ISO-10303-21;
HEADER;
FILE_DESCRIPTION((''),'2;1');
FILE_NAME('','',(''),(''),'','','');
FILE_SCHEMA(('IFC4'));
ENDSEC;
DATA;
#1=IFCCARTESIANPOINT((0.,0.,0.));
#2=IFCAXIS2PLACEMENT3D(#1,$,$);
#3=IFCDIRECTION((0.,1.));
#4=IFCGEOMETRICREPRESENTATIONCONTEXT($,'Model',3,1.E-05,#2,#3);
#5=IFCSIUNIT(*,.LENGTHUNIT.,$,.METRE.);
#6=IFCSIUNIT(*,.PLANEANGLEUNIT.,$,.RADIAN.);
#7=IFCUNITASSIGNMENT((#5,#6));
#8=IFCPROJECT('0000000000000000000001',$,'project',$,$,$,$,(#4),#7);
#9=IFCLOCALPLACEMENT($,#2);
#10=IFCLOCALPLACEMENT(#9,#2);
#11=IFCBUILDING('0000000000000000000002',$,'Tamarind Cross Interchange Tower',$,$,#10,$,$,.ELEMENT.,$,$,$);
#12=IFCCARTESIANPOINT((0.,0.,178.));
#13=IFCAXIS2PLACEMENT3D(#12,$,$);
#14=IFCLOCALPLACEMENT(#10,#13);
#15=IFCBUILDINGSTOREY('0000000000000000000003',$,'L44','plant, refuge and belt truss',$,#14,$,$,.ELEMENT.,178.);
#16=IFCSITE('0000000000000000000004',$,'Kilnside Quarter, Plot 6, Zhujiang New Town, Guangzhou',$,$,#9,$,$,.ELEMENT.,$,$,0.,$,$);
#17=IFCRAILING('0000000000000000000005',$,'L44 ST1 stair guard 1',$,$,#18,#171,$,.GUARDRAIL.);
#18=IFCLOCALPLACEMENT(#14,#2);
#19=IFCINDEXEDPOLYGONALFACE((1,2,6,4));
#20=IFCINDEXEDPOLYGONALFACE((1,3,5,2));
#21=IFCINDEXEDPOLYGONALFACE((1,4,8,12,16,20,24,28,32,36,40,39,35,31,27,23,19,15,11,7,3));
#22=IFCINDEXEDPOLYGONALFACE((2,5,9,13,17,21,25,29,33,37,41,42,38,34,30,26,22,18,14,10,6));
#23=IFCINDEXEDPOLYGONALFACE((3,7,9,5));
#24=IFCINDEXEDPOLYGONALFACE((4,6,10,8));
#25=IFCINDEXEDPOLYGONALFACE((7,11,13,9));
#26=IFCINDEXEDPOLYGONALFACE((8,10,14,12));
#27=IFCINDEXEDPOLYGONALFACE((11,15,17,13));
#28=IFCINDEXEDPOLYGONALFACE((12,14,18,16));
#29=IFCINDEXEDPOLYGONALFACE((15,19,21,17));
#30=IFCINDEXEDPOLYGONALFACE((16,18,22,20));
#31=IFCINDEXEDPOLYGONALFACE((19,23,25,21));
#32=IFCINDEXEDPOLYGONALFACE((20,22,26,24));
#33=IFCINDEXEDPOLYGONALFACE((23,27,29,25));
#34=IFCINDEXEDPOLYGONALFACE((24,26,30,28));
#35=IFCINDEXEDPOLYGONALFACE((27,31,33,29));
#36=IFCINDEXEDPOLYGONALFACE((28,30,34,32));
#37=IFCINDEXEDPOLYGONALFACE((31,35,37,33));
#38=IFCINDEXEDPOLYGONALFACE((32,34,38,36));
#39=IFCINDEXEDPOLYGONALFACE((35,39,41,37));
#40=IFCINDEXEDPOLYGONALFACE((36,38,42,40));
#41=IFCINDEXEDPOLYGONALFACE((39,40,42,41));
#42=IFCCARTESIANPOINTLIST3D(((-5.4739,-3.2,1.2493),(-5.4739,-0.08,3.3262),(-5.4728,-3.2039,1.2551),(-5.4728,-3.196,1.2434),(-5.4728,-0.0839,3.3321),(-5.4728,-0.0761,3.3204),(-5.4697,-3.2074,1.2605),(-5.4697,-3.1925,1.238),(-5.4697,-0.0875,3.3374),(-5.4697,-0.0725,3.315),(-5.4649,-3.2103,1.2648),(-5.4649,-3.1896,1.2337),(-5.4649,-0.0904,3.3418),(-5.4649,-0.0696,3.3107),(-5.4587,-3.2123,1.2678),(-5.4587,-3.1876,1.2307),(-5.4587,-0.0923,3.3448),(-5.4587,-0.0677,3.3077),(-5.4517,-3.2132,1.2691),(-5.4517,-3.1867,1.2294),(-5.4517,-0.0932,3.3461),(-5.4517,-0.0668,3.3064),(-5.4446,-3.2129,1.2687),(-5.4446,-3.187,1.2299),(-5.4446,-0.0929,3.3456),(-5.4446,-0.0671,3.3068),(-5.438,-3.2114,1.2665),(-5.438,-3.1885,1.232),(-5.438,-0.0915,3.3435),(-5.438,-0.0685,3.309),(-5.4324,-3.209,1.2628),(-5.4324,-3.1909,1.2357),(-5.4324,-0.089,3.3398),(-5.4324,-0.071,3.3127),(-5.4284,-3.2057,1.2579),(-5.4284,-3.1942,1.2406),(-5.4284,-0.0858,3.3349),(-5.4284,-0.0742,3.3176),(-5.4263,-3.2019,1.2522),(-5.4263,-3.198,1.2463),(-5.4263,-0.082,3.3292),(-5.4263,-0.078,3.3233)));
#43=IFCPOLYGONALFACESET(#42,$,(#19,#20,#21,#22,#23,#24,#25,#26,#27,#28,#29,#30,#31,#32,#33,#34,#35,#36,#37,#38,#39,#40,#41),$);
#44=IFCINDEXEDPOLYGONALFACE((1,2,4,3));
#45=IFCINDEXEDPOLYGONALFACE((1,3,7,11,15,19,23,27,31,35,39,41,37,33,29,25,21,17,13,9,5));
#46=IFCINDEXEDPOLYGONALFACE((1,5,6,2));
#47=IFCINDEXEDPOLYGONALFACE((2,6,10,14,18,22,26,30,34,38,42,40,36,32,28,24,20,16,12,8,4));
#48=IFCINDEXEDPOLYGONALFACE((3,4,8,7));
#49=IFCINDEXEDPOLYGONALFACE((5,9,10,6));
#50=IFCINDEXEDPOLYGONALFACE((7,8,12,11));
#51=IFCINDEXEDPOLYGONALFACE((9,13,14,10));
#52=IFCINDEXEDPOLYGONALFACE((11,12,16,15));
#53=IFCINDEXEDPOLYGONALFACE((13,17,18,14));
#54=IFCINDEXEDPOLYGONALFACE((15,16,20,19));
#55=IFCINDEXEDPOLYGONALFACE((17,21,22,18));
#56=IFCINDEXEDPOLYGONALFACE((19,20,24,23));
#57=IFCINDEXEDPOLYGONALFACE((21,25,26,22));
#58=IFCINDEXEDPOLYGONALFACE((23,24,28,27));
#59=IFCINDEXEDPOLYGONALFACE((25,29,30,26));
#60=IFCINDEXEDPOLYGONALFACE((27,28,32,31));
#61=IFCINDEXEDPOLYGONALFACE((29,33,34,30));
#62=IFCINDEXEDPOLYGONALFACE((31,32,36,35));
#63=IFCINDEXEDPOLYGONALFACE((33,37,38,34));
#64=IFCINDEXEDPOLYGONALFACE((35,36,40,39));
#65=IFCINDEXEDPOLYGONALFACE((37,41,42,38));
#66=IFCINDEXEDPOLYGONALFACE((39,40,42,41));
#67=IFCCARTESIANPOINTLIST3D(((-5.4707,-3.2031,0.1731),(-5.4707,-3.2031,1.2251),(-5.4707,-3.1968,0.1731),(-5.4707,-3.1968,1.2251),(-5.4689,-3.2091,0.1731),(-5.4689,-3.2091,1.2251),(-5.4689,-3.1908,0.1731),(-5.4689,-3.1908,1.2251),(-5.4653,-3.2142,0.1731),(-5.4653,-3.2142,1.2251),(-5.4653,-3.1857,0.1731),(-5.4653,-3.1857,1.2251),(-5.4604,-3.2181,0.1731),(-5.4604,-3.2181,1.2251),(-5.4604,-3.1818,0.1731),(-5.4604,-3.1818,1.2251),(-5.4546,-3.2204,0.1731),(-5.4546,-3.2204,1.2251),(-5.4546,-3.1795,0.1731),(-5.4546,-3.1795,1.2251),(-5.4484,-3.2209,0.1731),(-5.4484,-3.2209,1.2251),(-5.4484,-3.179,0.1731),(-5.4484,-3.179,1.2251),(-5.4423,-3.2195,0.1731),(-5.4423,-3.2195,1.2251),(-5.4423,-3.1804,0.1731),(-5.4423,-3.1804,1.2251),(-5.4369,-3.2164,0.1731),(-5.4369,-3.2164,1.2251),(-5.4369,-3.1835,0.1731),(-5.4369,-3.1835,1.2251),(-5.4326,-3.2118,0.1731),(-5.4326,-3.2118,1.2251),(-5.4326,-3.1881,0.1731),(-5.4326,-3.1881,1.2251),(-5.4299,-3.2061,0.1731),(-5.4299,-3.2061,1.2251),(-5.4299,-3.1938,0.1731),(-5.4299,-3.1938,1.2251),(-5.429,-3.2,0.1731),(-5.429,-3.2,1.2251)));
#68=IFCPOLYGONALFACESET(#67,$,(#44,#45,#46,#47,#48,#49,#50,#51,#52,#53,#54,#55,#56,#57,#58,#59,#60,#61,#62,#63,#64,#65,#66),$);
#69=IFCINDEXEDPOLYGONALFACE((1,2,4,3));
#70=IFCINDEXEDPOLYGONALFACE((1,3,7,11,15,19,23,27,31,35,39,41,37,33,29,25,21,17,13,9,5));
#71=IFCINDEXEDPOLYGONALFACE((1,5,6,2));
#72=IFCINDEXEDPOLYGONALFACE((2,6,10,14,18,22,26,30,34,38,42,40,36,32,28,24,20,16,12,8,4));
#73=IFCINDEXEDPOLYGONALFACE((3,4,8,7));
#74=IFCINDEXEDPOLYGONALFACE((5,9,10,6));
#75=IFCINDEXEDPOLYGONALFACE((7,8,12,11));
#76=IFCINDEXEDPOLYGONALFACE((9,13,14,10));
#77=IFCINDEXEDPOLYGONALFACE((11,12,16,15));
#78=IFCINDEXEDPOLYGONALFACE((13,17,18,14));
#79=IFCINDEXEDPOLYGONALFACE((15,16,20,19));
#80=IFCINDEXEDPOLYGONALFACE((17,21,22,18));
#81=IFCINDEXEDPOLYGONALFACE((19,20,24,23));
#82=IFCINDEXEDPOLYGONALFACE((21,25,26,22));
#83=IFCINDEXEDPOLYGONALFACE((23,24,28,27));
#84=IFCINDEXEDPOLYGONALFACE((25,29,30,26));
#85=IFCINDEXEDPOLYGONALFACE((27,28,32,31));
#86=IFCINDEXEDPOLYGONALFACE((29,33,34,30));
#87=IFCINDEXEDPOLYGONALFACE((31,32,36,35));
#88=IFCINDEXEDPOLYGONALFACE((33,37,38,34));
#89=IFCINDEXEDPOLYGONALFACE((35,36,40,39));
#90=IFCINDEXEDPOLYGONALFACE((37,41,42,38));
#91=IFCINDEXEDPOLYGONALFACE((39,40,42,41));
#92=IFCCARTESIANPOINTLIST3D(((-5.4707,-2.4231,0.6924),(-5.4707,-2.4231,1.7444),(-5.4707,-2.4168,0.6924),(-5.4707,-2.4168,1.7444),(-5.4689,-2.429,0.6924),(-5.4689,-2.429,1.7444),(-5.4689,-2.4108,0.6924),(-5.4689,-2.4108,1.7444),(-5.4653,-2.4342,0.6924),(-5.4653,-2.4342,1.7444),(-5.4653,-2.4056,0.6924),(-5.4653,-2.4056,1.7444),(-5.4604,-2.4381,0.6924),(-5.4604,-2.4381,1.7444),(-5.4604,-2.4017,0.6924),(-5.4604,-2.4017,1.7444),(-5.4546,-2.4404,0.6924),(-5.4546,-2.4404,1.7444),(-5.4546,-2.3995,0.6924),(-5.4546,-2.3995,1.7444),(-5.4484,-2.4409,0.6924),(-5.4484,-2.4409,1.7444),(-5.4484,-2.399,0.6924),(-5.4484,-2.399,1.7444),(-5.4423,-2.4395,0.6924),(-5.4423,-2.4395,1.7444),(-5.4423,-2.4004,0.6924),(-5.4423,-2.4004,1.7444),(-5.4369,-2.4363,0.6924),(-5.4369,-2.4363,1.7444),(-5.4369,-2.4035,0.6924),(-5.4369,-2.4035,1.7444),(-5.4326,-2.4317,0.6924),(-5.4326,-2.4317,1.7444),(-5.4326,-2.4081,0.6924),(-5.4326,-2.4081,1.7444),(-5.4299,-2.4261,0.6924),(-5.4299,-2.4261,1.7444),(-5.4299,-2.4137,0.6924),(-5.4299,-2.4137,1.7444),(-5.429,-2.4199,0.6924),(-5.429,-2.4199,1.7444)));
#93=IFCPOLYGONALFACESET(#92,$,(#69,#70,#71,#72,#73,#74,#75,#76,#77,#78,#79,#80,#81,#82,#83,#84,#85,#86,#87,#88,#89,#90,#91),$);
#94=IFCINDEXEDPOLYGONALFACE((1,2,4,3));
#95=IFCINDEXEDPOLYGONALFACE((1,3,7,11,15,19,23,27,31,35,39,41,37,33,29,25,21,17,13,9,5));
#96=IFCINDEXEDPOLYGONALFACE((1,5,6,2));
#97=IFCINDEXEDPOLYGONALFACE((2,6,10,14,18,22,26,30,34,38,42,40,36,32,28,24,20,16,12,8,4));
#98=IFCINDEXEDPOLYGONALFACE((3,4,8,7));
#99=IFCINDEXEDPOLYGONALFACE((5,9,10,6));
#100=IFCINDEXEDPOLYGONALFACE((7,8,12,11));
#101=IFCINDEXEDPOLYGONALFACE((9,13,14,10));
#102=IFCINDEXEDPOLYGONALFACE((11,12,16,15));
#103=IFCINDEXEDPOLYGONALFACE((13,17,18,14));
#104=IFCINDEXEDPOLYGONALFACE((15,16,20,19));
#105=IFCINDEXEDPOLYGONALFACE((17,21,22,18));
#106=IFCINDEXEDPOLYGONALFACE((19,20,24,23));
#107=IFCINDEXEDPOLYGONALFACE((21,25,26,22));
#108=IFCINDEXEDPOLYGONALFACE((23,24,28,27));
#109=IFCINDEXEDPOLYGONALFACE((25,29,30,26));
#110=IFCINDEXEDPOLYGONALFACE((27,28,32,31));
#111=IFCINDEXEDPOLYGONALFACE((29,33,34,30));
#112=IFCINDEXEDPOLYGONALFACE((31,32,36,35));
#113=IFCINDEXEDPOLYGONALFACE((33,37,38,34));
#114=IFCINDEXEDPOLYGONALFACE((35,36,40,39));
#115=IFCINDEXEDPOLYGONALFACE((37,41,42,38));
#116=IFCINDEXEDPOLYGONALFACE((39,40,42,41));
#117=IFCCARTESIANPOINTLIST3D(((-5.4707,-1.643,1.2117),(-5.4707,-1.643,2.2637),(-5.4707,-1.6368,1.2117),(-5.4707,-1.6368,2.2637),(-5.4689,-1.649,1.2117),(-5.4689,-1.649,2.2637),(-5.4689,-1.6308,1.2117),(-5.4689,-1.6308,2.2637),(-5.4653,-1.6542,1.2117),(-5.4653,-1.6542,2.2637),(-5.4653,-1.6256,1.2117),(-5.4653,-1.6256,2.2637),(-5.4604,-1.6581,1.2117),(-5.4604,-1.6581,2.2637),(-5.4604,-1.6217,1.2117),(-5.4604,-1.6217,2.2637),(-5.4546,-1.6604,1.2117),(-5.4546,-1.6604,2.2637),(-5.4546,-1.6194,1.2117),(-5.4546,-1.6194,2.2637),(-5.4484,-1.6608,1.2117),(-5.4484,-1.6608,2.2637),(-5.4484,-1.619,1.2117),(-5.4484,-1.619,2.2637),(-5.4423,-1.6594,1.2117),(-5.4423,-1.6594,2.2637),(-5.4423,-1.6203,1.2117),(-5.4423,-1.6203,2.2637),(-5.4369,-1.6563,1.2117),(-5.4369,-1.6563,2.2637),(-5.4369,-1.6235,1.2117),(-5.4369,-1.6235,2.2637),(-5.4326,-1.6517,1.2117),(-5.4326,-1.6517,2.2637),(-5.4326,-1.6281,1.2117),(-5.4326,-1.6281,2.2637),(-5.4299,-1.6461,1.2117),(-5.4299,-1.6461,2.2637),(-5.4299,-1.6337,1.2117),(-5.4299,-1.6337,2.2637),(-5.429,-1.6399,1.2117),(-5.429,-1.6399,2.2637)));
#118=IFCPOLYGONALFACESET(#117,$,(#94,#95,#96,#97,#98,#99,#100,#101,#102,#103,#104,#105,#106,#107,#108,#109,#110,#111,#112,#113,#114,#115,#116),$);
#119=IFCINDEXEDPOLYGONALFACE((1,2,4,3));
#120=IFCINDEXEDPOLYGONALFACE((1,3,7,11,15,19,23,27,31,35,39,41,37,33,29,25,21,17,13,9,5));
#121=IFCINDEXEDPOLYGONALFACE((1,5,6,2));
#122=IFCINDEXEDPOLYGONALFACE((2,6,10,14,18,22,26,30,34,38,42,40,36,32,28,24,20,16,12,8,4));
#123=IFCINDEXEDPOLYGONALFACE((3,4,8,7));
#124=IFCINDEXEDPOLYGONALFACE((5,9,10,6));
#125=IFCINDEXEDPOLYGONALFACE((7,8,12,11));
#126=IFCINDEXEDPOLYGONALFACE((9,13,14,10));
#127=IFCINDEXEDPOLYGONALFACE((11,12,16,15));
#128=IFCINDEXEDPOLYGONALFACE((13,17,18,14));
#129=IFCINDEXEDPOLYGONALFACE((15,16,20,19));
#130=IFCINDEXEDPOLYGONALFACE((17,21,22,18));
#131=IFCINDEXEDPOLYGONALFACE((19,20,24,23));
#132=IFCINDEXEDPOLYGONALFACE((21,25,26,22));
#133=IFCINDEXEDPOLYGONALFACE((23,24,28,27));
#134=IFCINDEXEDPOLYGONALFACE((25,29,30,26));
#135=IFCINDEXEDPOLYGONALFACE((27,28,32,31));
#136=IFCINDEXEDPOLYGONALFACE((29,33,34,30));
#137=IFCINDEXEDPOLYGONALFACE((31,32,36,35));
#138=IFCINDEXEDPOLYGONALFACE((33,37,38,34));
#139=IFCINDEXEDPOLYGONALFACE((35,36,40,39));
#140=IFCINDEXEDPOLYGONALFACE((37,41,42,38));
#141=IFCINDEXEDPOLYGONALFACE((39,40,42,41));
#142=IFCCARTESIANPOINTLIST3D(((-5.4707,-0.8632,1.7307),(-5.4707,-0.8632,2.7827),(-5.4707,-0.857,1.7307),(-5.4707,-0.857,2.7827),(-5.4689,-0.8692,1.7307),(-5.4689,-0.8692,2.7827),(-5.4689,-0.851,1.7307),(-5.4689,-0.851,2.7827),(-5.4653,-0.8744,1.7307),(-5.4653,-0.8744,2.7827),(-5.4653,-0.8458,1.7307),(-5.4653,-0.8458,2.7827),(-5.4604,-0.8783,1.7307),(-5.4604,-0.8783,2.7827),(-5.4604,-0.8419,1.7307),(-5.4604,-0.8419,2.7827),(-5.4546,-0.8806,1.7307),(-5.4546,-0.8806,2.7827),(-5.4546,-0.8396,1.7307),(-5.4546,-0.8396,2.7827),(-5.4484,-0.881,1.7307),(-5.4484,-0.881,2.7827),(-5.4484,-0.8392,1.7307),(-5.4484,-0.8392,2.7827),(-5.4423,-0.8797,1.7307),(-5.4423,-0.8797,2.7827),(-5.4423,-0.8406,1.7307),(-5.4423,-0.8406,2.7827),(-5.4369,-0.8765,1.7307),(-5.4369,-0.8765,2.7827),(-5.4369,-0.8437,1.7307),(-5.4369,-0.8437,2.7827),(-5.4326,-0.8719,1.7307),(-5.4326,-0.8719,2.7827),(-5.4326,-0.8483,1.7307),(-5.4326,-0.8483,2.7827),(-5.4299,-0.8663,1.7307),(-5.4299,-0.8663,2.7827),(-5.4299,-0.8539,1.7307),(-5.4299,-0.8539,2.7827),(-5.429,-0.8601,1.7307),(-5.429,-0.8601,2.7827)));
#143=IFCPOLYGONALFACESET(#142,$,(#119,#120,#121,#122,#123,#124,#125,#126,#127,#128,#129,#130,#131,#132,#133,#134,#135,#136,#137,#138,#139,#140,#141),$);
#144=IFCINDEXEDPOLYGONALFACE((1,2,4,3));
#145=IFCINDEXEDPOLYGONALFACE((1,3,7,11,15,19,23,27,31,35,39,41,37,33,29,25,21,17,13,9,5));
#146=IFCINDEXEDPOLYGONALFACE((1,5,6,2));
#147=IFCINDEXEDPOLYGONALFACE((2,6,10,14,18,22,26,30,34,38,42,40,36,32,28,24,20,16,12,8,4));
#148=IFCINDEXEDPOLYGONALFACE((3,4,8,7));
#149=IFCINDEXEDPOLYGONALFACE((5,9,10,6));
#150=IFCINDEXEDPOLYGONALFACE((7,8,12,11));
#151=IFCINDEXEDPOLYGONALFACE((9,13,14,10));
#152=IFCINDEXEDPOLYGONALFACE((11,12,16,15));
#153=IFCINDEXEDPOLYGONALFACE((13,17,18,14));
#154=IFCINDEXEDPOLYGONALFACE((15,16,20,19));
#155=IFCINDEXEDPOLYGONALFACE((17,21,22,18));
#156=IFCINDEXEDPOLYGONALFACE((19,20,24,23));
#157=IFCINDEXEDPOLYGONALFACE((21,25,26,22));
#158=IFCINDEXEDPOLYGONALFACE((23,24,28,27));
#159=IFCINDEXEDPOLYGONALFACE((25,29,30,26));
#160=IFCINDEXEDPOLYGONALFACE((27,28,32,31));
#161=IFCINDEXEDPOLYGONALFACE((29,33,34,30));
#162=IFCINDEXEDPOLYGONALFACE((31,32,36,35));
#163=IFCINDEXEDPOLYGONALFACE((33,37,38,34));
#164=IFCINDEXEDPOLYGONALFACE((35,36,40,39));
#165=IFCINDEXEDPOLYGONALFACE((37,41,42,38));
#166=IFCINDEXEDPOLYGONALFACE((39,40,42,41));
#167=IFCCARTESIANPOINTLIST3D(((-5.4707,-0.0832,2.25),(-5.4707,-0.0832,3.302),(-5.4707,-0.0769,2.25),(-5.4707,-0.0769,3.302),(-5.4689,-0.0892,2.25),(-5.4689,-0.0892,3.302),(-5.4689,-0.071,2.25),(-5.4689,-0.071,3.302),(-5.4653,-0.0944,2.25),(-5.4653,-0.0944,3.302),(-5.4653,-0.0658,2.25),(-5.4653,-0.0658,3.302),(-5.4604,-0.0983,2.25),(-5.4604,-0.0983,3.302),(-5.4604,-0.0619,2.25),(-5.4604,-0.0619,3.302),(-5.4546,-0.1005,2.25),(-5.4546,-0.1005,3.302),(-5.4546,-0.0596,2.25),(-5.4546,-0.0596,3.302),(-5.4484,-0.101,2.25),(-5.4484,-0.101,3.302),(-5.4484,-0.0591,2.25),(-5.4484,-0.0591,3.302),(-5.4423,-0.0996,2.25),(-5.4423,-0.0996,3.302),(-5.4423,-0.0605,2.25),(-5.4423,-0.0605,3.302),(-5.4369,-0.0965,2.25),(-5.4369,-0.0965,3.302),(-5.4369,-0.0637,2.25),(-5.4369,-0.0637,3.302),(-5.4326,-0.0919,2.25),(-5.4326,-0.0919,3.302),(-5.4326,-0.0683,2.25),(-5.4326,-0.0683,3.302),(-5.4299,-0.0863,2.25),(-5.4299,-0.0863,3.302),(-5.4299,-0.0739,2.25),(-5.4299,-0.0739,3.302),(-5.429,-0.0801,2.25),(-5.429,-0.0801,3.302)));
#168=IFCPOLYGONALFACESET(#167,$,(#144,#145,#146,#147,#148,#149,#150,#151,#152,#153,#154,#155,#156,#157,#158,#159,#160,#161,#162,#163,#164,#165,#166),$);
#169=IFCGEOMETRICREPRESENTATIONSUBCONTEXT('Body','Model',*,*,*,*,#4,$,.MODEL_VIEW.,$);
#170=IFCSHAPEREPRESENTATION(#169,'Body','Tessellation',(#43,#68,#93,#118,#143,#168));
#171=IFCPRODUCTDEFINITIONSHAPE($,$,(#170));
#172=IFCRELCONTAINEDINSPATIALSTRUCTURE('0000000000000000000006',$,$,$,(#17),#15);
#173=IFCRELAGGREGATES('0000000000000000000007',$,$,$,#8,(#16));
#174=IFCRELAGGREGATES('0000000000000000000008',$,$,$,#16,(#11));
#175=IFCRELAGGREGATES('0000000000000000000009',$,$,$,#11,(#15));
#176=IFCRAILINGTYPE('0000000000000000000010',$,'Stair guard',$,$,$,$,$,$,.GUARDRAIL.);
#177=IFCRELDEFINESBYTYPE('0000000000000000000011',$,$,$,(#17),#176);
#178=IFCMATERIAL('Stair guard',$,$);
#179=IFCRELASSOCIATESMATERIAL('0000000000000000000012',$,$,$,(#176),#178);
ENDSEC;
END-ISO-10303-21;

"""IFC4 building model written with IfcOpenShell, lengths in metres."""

from ifc_helpers import new_model, si_unit, direction, frame, origin, origin_2d, place, context, subcontext, project, spatial, circle, extrude, material, type_object, element, save


model = new_model("IFC4")

# Units and contexts
model_context = context("Model", 3, precision=1e-05, world=origin(), true_north=direction((0.0, 1.0)))
body_context = subcontext(model_context, "Body", "Model", "MODEL_VIEW")
ifc_project = project(units=[si_unit("LENGTHUNIT", "METRE"), si_unit("PLANEANGLEUNIT", "RADIAN")], contexts=[model_context])

# Site, building, storey
site_placement = place(None, origin())
site = spatial("IfcSite", under=ifc_project, at=site_placement, Name="Kilnside Quarter, Plot 6, Zhujiang New Town, Guangzhou", CompositionType="ELEMENT", RefElevation=0.0)
building_placement = place(site_placement, origin())
building = spatial("IfcBuilding", under=site, at=building_placement, Name="Tamarind Cross Interchange Tower", CompositionType="ELEMENT")
storey_placement = place(building_placement, frame((0.0, 0.0, 178.0)))
storey = spatial("IfcBuildingStorey", under=building, at=storey_placement, Name="L44", Description="plant, refuge and belt truss", CompositionType="ELEMENT", Elevation=178.0)

# Railing
ifc_material_1 = material(Name="Stair guard")
railing_type_1 = type_object("IfcRailingType", Name="Stair guard", PredefinedType="GUARDRAIL", material=ifc_material_1)
railing_1_placement = place(storey_placement, frame((-5.45, -3.2, 0.1731)))
element("IfcRailing", 1, at=railing_1_placement, inside=storey, type_object=railing_type_1, Name="L44 ST1 stair guard 1", PredefinedType="GUARDRAIL", context=body_context, shape_type="SweptSolid", body=[
    extrude(circle(Radius=0.0239, at=origin_2d()), frame((0.0, 0.0, 1.0762), z_axis=(0.0, 0.832421, 0.554144), x_axis=(-1.0, 0.0, 0.0)), (0.0, 0.0, 1.0), 3.748),
    extrude(circle(Radius=0.021, at=origin_2d()), origin(), (0.0, 0.0, 1.0), 1.052),
    extrude(circle(Radius=0.021, at=origin_2d()), frame((0.0, 0.78, 0.5193)), (0.0, 0.0, 1.0), 1.052),
    extrude(circle(Radius=0.021, at=origin_2d()), frame((0.0, 1.5601, 1.0386)), (0.0, 0.0, 1.0), 1.052),
    extrude(circle(Radius=0.021, at=origin_2d()), frame((0.0, 2.3398, 1.5576)), (0.0, 0.0, 1.0), 1.052),
    extrude(circle(Radius=0.021, at=origin_2d()), frame((0.0, 3.1199, 2.0769)), (0.0, 0.0, 1.0), 1.052),
])

save(model, "model.ifc")
